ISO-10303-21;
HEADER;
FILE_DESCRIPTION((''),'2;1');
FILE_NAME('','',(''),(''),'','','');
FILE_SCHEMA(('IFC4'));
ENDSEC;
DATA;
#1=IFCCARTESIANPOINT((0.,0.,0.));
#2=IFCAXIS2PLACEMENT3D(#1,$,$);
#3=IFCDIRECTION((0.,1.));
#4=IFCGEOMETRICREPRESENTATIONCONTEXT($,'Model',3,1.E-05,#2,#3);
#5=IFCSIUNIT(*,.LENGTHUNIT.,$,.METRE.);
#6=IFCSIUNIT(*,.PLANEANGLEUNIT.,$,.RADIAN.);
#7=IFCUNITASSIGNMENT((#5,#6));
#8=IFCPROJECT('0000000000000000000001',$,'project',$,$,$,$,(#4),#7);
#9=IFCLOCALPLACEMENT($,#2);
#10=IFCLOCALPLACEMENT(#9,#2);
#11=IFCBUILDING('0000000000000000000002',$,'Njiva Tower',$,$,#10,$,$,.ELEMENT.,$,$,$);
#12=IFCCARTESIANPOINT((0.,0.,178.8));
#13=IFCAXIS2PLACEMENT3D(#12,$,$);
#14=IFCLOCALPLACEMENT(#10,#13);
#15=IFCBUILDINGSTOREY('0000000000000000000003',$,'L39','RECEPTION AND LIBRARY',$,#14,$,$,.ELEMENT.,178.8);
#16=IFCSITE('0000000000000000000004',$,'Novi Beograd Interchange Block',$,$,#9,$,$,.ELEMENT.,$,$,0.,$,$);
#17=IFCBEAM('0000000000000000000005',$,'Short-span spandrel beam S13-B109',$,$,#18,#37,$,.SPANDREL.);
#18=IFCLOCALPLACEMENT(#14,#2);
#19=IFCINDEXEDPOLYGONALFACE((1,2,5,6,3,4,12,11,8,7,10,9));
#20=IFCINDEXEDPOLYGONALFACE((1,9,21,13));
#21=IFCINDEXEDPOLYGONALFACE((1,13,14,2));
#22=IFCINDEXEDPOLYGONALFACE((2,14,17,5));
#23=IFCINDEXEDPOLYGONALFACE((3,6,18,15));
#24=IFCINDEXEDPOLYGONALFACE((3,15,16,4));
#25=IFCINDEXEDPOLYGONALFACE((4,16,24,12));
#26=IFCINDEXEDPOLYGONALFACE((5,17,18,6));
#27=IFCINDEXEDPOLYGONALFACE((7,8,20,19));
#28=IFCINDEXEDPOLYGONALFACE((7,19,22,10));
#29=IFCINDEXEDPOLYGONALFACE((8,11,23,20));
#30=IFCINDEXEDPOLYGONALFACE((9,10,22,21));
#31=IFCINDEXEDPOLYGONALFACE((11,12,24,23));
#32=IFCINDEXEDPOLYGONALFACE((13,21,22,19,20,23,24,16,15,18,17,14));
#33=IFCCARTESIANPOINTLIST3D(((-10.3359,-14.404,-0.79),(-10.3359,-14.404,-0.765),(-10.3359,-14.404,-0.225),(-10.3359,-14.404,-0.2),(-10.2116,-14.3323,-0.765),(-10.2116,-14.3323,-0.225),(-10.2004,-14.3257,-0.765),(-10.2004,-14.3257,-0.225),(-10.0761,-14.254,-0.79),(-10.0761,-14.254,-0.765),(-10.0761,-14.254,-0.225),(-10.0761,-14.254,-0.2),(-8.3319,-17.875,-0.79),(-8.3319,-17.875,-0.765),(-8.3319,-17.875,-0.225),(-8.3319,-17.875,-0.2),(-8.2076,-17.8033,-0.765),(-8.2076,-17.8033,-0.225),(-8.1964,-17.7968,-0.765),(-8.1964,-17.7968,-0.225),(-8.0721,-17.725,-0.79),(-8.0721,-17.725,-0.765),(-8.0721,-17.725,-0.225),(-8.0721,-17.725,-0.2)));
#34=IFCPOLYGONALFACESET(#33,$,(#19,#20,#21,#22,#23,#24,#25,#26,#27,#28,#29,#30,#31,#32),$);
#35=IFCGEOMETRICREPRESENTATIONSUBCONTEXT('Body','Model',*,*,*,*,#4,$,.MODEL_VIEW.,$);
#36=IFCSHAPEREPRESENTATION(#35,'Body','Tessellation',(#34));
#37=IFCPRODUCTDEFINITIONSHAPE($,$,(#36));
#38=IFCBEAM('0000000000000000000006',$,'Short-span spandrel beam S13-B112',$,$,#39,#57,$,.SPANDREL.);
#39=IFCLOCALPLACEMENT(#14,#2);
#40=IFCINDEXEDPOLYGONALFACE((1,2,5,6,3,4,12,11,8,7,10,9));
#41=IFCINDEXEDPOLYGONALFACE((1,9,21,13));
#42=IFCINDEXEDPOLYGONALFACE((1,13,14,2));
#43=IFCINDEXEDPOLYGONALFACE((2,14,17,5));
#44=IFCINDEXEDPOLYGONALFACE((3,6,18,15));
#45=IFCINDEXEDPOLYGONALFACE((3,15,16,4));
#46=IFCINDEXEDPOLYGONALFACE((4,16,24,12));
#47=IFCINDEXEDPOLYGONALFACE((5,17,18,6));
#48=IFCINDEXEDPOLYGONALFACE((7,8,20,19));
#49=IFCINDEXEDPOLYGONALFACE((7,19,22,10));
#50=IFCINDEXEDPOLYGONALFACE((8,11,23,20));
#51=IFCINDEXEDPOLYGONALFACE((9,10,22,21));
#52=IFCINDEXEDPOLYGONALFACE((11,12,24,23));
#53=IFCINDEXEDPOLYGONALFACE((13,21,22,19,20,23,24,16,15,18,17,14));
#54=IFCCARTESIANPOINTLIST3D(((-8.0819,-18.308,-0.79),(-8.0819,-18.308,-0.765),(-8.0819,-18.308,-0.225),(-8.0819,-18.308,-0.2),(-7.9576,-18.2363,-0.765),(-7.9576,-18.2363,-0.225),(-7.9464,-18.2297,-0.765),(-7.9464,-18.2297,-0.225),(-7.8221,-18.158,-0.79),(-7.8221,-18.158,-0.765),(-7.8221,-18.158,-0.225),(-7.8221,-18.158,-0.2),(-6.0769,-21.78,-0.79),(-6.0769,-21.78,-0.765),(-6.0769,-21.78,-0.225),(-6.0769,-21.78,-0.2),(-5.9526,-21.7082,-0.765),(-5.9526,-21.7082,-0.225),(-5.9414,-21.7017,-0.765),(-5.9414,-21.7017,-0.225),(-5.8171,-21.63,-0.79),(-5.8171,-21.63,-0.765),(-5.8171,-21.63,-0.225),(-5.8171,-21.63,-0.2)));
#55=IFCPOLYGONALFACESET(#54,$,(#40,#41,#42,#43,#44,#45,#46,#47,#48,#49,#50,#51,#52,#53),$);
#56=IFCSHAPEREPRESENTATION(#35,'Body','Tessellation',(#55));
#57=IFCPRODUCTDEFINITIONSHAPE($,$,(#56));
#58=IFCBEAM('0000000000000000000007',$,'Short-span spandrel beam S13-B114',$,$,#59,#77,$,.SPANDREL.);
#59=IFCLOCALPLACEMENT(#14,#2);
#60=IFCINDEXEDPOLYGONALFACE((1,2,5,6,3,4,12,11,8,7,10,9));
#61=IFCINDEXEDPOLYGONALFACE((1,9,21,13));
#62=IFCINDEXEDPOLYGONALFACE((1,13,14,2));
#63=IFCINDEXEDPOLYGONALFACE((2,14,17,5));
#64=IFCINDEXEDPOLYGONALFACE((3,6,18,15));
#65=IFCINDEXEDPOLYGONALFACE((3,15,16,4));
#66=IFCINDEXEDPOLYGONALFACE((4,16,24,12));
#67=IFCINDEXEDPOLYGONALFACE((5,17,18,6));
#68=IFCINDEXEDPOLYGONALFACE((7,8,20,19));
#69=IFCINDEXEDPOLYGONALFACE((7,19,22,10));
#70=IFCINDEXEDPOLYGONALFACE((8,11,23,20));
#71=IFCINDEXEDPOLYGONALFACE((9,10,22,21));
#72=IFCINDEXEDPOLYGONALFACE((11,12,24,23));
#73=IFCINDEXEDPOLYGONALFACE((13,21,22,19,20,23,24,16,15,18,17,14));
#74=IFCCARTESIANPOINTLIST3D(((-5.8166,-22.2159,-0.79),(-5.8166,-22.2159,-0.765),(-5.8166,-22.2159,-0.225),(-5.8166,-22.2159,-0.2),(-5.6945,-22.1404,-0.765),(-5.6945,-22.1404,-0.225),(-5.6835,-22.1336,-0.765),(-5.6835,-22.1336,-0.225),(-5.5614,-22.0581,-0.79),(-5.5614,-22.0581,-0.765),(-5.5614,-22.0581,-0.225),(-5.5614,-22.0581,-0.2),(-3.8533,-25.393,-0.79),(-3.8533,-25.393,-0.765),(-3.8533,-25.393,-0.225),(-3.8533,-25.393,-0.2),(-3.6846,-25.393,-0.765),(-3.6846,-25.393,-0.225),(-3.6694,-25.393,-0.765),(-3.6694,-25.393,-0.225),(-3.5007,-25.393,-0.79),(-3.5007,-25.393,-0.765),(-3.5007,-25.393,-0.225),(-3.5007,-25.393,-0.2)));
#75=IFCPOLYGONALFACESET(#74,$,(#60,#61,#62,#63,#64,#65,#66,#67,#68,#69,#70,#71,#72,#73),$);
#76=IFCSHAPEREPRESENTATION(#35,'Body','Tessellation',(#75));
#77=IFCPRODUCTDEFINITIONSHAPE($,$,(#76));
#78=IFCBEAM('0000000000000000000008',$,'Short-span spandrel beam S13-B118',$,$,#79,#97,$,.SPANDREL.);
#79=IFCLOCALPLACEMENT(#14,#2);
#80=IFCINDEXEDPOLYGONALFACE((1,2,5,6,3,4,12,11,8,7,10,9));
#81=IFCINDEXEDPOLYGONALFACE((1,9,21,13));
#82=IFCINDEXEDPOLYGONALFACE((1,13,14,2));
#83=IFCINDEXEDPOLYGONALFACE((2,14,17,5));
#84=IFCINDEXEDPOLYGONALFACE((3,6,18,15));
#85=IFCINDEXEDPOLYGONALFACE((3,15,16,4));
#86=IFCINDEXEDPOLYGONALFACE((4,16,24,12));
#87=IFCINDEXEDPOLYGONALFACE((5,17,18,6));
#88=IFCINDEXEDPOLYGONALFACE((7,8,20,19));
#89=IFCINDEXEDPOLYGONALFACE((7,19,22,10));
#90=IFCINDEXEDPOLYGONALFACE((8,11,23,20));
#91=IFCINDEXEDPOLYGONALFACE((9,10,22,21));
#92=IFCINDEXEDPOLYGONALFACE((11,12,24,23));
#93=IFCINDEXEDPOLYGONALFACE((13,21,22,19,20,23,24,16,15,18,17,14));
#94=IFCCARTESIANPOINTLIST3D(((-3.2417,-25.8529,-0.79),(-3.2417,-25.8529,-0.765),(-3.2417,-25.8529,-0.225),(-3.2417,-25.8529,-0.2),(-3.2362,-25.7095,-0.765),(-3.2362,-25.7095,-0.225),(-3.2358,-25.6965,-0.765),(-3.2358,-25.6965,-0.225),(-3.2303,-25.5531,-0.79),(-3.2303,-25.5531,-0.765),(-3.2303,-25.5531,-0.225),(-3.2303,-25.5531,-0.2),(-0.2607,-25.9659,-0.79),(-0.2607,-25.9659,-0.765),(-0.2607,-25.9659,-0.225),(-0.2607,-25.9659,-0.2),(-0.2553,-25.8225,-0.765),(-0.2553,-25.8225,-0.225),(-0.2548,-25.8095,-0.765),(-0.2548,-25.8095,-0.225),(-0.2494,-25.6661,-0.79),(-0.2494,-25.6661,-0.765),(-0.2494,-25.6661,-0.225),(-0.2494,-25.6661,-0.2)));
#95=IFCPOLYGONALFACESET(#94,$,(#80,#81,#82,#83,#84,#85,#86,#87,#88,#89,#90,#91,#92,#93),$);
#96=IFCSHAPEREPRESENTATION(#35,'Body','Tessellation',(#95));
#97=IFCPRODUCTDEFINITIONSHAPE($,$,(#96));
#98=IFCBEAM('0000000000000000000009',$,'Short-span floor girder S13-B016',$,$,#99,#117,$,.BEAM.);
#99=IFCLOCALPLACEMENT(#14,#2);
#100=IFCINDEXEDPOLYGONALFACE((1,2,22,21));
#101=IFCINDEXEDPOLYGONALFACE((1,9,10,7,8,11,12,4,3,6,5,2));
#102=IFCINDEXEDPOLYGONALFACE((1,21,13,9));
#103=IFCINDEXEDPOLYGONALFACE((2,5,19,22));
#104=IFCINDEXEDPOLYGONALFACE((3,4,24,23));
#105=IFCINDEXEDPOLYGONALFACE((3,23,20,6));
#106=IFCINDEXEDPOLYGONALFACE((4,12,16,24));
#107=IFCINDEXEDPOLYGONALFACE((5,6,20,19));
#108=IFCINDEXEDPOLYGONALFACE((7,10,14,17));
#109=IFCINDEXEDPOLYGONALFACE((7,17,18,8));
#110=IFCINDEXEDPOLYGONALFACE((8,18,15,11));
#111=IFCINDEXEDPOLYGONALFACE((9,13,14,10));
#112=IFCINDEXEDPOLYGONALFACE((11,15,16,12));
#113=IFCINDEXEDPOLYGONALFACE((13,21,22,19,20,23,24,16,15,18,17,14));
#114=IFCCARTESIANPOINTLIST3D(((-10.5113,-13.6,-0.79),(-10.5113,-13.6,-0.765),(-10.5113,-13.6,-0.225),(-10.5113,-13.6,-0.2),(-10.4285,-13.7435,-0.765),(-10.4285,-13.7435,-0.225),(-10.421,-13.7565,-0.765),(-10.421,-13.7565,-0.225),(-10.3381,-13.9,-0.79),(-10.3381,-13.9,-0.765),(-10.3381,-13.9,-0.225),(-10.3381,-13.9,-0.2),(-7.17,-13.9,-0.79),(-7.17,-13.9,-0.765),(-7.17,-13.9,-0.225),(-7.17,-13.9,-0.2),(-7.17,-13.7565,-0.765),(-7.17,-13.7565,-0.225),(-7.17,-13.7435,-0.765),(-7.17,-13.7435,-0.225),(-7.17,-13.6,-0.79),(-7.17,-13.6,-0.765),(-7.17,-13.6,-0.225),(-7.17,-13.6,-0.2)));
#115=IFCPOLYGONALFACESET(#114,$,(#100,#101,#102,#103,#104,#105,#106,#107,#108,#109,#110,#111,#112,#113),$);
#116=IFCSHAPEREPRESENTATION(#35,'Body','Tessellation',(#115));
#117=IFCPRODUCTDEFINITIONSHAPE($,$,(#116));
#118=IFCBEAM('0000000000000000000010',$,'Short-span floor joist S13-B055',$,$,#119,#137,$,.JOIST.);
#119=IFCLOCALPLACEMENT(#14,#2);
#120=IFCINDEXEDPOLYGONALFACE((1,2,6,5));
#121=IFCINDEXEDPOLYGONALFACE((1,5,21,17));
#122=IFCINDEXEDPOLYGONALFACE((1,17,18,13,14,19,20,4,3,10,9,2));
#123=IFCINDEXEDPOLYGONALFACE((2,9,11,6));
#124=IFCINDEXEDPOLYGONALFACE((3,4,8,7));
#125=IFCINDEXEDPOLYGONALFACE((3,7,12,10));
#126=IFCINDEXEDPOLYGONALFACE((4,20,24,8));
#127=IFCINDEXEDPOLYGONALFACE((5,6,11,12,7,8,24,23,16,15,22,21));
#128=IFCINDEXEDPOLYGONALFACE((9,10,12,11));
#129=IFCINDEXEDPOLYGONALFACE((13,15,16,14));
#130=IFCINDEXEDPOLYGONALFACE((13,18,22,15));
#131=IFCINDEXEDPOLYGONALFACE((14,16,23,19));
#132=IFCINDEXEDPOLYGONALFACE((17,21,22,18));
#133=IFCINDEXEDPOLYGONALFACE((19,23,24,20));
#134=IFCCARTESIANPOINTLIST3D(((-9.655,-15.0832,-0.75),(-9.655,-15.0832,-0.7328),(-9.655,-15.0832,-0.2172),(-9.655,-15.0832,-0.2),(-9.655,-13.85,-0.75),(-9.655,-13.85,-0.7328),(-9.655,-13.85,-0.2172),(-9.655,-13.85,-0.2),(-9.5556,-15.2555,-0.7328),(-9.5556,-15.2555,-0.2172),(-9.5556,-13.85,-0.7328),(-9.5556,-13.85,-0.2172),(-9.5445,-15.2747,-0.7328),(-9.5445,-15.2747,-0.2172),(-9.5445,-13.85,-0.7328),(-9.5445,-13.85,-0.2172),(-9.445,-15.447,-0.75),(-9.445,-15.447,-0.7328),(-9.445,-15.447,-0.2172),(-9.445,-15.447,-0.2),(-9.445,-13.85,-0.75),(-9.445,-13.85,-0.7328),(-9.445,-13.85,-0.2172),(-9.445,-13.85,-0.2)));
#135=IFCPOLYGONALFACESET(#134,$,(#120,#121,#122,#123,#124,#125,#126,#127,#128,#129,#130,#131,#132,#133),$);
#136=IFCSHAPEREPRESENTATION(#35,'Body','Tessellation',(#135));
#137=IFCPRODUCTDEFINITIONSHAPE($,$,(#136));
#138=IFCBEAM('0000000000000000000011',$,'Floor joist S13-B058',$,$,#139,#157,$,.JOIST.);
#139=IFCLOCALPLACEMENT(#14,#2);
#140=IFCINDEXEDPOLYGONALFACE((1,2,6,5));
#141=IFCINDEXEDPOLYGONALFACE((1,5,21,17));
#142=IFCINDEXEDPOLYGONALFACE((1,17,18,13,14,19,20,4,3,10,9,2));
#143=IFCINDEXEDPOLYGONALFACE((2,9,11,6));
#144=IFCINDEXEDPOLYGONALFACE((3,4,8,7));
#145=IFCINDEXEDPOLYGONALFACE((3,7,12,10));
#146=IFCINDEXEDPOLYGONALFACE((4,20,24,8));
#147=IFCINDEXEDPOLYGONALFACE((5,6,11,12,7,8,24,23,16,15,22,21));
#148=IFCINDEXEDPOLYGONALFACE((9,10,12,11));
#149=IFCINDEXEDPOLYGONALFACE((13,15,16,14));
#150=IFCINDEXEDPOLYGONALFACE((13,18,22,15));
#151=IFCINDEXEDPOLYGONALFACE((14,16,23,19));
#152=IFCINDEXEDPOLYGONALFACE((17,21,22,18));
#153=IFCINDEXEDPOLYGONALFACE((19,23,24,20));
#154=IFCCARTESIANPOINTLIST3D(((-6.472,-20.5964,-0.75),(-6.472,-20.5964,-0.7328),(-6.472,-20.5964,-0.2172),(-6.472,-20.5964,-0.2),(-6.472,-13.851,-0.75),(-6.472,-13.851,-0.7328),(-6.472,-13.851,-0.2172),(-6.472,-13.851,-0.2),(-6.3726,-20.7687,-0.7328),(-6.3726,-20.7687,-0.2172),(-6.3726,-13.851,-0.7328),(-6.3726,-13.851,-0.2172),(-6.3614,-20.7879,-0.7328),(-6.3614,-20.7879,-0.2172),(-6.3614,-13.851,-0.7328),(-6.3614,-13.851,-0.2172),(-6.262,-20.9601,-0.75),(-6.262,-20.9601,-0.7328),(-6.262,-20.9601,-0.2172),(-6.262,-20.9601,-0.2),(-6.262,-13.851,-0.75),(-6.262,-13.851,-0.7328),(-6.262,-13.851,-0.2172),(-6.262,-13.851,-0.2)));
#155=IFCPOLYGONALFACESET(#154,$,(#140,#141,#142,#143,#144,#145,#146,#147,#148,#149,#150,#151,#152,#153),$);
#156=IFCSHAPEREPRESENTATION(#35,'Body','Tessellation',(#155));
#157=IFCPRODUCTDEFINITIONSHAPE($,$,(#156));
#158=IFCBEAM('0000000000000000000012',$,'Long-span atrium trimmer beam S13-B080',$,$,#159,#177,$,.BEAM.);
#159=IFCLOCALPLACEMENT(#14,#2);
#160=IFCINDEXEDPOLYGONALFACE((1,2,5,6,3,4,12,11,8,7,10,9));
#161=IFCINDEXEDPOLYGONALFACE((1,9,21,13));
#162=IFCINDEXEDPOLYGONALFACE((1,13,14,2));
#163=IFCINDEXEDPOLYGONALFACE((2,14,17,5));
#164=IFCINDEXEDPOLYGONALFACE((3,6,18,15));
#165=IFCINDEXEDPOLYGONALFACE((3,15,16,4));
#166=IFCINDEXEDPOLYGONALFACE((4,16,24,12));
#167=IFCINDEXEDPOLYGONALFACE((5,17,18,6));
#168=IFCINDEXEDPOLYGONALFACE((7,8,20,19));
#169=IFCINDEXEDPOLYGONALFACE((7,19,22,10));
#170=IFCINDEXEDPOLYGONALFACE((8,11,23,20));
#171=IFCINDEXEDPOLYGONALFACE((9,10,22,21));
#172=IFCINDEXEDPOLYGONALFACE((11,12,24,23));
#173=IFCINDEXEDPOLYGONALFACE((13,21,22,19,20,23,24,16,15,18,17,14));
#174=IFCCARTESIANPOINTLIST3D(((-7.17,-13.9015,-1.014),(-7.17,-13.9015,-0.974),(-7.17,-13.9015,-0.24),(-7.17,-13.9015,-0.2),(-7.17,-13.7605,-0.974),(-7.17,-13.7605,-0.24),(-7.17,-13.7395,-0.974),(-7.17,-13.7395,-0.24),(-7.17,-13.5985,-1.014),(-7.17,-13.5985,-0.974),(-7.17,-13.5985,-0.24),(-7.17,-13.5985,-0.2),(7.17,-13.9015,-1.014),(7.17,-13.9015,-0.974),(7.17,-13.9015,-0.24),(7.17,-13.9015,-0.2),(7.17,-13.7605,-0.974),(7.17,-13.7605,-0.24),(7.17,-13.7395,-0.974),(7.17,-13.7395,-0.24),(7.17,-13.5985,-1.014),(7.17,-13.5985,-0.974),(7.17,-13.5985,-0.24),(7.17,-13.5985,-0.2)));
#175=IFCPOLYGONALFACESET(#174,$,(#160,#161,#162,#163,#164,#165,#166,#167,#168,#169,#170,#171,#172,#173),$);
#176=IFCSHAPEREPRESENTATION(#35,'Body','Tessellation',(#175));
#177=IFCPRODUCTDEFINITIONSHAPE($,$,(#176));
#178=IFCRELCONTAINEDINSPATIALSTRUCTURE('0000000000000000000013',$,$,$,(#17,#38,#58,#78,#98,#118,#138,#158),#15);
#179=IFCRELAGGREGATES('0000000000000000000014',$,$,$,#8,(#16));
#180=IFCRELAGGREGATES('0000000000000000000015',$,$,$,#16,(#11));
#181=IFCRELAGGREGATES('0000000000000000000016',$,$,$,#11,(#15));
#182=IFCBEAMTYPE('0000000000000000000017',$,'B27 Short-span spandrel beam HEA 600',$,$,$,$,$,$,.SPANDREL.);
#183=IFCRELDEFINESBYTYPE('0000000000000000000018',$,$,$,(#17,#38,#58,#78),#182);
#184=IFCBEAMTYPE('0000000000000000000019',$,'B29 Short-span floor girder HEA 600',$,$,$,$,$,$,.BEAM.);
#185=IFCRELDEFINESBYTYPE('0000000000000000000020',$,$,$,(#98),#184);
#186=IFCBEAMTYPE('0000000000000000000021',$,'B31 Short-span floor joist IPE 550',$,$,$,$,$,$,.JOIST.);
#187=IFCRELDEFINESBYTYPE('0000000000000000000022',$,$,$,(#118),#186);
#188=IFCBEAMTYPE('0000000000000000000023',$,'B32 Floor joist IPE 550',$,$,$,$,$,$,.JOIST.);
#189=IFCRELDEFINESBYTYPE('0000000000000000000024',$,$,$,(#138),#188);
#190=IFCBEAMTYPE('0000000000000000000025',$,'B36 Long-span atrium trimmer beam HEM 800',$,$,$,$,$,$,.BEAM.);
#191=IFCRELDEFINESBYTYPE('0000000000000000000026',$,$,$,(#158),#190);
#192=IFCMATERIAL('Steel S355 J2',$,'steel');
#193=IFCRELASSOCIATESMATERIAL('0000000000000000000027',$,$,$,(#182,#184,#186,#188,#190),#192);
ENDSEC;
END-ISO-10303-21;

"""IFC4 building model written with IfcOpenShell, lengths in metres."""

from ifc_helpers import new_model, si_unit, direction, frame, origin, origin_2d, place, context, subcontext, project, spatial, i_section, extrude, clip, halfspace, material, material_profile, profile_set, type_object, element, save


model = new_model("IFC4")

# Units and contexts
model_context = context("Model", 3, precision=1e-05, world=origin(), true_north=direction((0.0, 1.0)))
body_context = subcontext(model_context, "Body", "Model", "MODEL_VIEW")
ifc_project = project(units=[si_unit("LENGTHUNIT", "METRE"), si_unit("PLANEANGLEUNIT", "RADIAN")], contexts=[model_context])

# Site, building, storey
site_placement = place(None, origin())
site = spatial("IfcSite", under=ifc_project, at=site_placement, Name="Novi Beograd Interchange Block", CompositionType="ELEMENT", RefElevation=0.0)
building_placement = place(site_placement, origin())
building = spatial("IfcBuilding", under=site, at=building_placement, Name="Njiva Tower", CompositionType="ELEMENT")
storey_placement = place(building_placement, frame((0.0, 0.0, 178.8)))
storey = spatial("IfcBuildingStorey", under=building, at=storey_placement, Name="L39", Description="RECEPTION AND LIBRARY", CompositionType="ELEMENT", Elevation=178.8)

# Shared definitions
ifc_material_1 = material(Name="Steel S355 J2", Category="steel")

# Beams
ifc_material_profile_1 = material_profile(ifc_material_1, i_section(OverallWidth=0.3, OverallDepth=0.59, WebThickness=0.013, FlangeThickness=0.025, at=origin_2d()), Name="HEA 600")
ifc_profile_set_1 = profile_set([ifc_material_profile_1], Name="Steel S355 J2")
beam_type_1 = type_object("IfcBeamType", Name="B27 Short-span spandrel beam HEA 600", PredefinedType="SPANDREL", material=ifc_profile_set_1)
for number, where, z_axis, x_axis, name in (
    (1, (-10.206, -14.329, -0.495), (0.500003, -0.866024, 0.0), (0.866024, 0.500003, 0.0), "Short-span spandrel beam S13-B109"),
):
    element("IfcBeam", number, at=place(storey_placement, frame(where, z_axis=z_axis, x_axis=x_axis)), inside=storey, type_object=beam_type_1, Name=name, PredefinedType="SPANDREL", context=body_context, shape_type="SweptSolid", body=[
        extrude(i_section(OverallWidth=0.3, OverallDepth=0.59, WebThickness=0.013, FlangeThickness=0.025, at=origin_2d()), origin(), (0.0, 0.0, 1.0), 4.008),
    ])
beam_1_placement = place(storey_placement, frame((-7.952, -18.233, -0.495), z_axis=(0.500082, -0.865978, 0.0), x_axis=(0.865978, 0.500082, 0.0)))
element("IfcBeam", 2, at=beam_1_placement, inside=storey, type_object=beam_type_1, Name="Short-span spandrel beam S13-B112", PredefinedType="SPANDREL", context=body_context, shape_type="SweptSolid", body=[
    extrude(i_section(OverallWidth=0.3, OverallDepth=0.59, WebThickness=0.013, FlangeThickness=0.025, at=origin_2d()), origin(), (0.0, 0.0, 1.0), 4.0093),
])
beam_2_placement = place(storey_placement, frame((-5.689, -22.137, -0.495), z_axis=(0.525671, -0.850688, 0.0), x_axis=(0.850688, 0.525671, 0.0)))
element("IfcBeam", 3, at=beam_2_placement, inside=storey, type_object=beam_type_1, Name="Short-span spandrel beam S13-B114", PredefinedType="SPANDREL", context=body_context, shape_type="Clipping", body=[
    clip(extrude(i_section(OverallWidth=0.3, OverallDepth=0.59, WebThickness=0.013, FlangeThickness=0.025, at=origin_2d()), origin(), (0.0, 0.0, 1.0), 3.9405), halfspace(frame((-0.0259, 0.0, 3.8115), z_axis=(-0.525671, 0.0, 0.850688), x_axis=(0.0, 1.0, 0.0)), False)),
])
beam_3_placement = place(storey_placement, frame((-3.236, -25.703, -0.495), z_axis=(0.999282, -0.03788, 0.0), x_axis=(0.03788, 0.999282, 0.0)))
element("IfcBeam", 4, at=beam_3_placement, inside=storey, type_object=beam_type_1, Name="Short-span spandrel beam S13-B118", PredefinedType="SPANDREL", context=body_context, shape_type="SweptSolid", body=[
    extrude(i_section(OverallWidth=0.3, OverallDepth=0.59, WebThickness=0.013, FlangeThickness=0.025, at=origin_2d()), origin(), (0.0, 0.0, 1.0), 2.9831),
])
ifc_material_profile_2 = material_profile(ifc_material_1, i_section(OverallWidth=0.3, OverallDepth=0.59, WebThickness=0.013, FlangeThickness=0.025, at=origin_2d()), Name="HEA 600")
ifc_profile_set_2 = profile_set([ifc_material_profile_2], Name="Steel S355 J2")
beam_type_2 = type_object("IfcBeamType", Name="B29 Short-span floor girder HEA 600", PredefinedType="BEAM", material=ifc_profile_set_2)
beam_4_placement = place(storey_placement, frame((-10.532, -13.75, -0.495), z_axis=(1.0, 0.0, 0.0), x_axis=(0.0, 1.0, 0.0)))
element("IfcBeam", 5, at=beam_4_placement, inside=storey, type_object=beam_type_2, Name="Short-span floor girder S13-B016", PredefinedType="BEAM", context=body_context, shape_type="Clipping", body=[
    clip(extrude(i_section(OverallWidth=0.3, OverallDepth=0.59, WebThickness=0.013, FlangeThickness=0.025, at=origin_2d()), origin(), (0.0, 0.0, 1.0), 3.362), halfspace(frame((-0.025, 0.0, 0.1217), z_axis=(-0.499998, 0.0, -0.866027), x_axis=(0.0, -1.0, 0.0)), False)),
])
ifc_material_profile_3 = material_profile(ifc_material_1, i_section(OverallWidth=0.21, OverallDepth=0.55, WebThickness=0.0111, FlangeThickness=0.0172, at=origin_2d()), Name="IPE 550")
ifc_profile_set_3 = profile_set([ifc_material_profile_3], Name="Steel S355 J2")
beam_type_3 = type_object("IfcBeamType", Name="B31 Short-span floor joist IPE 550", PredefinedType="JOIST", material=ifc_profile_set_3)
beam_5_placement = place(storey_placement, frame((-9.55, -13.85, -0.475), z_axis=(0.0, -1.0, 0.0), x_axis=(1.0, 0.0, 0.0)))
element("IfcBeam", 6, at=beam_5_placement, inside=storey, type_object=beam_type_3, Name="Short-span floor joist S13-B055", PredefinedType="JOIST", context=body_context, shape_type="Clipping", body=[
    clip(extrude(i_section(OverallWidth=0.21, OverallDepth=0.55, WebThickness=0.0111, FlangeThickness=0.0172, at=origin_2d()), origin(), (0.0, 0.0, 1.0), 1.617), halfspace(frame((-0.0433, 0.0, 1.3401), z_axis=(-0.866027, 0.0, 0.499998), x_axis=(0.0, 1.0, 0.0)), False)),
])
ifc_material_profile_4 = material_profile(ifc_material_1, i_section(OverallWidth=0.21, OverallDepth=0.55, WebThickness=0.0111, FlangeThickness=0.0172, at=origin_2d()), Name="IPE 550")
ifc_profile_set_4 = profile_set([ifc_material_profile_4], Name="Steel S355 J2")
beam_type_4 = type_object("IfcBeamType", Name="B32 Floor joist IPE 550", PredefinedType="JOIST", material=ifc_profile_set_4)
beam_6_placement = place(storey_placement, frame((-6.367, -13.851, -0.475), z_axis=(0.0, -1.0, 0.0), x_axis=(1.0, 0.0, 0.0)))
element("IfcBeam", 7, at=beam_6_placement, inside=storey, type_object=beam_type_4, Name="Floor joist S13-B058", PredefinedType="JOIST", context=body_context, shape_type="Clipping", body=[
    clip(extrude(i_section(OverallWidth=0.21, OverallDepth=0.55, WebThickness=0.0111, FlangeThickness=0.0172, at=origin_2d()), origin(), (0.0, 0.0, 1.0), 7.13), halfspace(frame((-0.043, 0.0, 6.8528), z_axis=(-0.866027, 0.0, 0.499998), x_axis=(0.0, 1.0, 0.0)), False)),
])
ifc_material_profile_5 = material_profile(ifc_material_1, i_section(OverallWidth=0.303, OverallDepth=0.814, WebThickness=0.021, FlangeThickness=0.04, at=origin_2d()), Name="HEM 800")
ifc_profile_set_5 = profile_set([ifc_material_profile_5], Name="Steel S355 J2")
beam_type_5 = type_object("IfcBeamType", Name="B36 Long-span atrium trimmer beam HEM 800", PredefinedType="BEAM", material=ifc_profile_set_5)
beam_7_placement = place(storey_placement, frame((-7.17, -13.75, -0.607), z_axis=(1.0, 0.0, 0.0), x_axis=(0.0, 1.0, 0.0)))
element("IfcBeam", 8, at=beam_7_placement, inside=storey, type_object=beam_type_5, Name="Long-span atrium trimmer beam S13-B080", PredefinedType="BEAM", context=body_context, shape_type="SweptSolid", body=[
    extrude(i_section(OverallWidth=0.303, OverallDepth=0.814, WebThickness=0.021, FlangeThickness=0.04, at=origin_2d()), origin(), (0.0, 0.0, 1.0), 14.34),
])

save(model, "model.ifc")
